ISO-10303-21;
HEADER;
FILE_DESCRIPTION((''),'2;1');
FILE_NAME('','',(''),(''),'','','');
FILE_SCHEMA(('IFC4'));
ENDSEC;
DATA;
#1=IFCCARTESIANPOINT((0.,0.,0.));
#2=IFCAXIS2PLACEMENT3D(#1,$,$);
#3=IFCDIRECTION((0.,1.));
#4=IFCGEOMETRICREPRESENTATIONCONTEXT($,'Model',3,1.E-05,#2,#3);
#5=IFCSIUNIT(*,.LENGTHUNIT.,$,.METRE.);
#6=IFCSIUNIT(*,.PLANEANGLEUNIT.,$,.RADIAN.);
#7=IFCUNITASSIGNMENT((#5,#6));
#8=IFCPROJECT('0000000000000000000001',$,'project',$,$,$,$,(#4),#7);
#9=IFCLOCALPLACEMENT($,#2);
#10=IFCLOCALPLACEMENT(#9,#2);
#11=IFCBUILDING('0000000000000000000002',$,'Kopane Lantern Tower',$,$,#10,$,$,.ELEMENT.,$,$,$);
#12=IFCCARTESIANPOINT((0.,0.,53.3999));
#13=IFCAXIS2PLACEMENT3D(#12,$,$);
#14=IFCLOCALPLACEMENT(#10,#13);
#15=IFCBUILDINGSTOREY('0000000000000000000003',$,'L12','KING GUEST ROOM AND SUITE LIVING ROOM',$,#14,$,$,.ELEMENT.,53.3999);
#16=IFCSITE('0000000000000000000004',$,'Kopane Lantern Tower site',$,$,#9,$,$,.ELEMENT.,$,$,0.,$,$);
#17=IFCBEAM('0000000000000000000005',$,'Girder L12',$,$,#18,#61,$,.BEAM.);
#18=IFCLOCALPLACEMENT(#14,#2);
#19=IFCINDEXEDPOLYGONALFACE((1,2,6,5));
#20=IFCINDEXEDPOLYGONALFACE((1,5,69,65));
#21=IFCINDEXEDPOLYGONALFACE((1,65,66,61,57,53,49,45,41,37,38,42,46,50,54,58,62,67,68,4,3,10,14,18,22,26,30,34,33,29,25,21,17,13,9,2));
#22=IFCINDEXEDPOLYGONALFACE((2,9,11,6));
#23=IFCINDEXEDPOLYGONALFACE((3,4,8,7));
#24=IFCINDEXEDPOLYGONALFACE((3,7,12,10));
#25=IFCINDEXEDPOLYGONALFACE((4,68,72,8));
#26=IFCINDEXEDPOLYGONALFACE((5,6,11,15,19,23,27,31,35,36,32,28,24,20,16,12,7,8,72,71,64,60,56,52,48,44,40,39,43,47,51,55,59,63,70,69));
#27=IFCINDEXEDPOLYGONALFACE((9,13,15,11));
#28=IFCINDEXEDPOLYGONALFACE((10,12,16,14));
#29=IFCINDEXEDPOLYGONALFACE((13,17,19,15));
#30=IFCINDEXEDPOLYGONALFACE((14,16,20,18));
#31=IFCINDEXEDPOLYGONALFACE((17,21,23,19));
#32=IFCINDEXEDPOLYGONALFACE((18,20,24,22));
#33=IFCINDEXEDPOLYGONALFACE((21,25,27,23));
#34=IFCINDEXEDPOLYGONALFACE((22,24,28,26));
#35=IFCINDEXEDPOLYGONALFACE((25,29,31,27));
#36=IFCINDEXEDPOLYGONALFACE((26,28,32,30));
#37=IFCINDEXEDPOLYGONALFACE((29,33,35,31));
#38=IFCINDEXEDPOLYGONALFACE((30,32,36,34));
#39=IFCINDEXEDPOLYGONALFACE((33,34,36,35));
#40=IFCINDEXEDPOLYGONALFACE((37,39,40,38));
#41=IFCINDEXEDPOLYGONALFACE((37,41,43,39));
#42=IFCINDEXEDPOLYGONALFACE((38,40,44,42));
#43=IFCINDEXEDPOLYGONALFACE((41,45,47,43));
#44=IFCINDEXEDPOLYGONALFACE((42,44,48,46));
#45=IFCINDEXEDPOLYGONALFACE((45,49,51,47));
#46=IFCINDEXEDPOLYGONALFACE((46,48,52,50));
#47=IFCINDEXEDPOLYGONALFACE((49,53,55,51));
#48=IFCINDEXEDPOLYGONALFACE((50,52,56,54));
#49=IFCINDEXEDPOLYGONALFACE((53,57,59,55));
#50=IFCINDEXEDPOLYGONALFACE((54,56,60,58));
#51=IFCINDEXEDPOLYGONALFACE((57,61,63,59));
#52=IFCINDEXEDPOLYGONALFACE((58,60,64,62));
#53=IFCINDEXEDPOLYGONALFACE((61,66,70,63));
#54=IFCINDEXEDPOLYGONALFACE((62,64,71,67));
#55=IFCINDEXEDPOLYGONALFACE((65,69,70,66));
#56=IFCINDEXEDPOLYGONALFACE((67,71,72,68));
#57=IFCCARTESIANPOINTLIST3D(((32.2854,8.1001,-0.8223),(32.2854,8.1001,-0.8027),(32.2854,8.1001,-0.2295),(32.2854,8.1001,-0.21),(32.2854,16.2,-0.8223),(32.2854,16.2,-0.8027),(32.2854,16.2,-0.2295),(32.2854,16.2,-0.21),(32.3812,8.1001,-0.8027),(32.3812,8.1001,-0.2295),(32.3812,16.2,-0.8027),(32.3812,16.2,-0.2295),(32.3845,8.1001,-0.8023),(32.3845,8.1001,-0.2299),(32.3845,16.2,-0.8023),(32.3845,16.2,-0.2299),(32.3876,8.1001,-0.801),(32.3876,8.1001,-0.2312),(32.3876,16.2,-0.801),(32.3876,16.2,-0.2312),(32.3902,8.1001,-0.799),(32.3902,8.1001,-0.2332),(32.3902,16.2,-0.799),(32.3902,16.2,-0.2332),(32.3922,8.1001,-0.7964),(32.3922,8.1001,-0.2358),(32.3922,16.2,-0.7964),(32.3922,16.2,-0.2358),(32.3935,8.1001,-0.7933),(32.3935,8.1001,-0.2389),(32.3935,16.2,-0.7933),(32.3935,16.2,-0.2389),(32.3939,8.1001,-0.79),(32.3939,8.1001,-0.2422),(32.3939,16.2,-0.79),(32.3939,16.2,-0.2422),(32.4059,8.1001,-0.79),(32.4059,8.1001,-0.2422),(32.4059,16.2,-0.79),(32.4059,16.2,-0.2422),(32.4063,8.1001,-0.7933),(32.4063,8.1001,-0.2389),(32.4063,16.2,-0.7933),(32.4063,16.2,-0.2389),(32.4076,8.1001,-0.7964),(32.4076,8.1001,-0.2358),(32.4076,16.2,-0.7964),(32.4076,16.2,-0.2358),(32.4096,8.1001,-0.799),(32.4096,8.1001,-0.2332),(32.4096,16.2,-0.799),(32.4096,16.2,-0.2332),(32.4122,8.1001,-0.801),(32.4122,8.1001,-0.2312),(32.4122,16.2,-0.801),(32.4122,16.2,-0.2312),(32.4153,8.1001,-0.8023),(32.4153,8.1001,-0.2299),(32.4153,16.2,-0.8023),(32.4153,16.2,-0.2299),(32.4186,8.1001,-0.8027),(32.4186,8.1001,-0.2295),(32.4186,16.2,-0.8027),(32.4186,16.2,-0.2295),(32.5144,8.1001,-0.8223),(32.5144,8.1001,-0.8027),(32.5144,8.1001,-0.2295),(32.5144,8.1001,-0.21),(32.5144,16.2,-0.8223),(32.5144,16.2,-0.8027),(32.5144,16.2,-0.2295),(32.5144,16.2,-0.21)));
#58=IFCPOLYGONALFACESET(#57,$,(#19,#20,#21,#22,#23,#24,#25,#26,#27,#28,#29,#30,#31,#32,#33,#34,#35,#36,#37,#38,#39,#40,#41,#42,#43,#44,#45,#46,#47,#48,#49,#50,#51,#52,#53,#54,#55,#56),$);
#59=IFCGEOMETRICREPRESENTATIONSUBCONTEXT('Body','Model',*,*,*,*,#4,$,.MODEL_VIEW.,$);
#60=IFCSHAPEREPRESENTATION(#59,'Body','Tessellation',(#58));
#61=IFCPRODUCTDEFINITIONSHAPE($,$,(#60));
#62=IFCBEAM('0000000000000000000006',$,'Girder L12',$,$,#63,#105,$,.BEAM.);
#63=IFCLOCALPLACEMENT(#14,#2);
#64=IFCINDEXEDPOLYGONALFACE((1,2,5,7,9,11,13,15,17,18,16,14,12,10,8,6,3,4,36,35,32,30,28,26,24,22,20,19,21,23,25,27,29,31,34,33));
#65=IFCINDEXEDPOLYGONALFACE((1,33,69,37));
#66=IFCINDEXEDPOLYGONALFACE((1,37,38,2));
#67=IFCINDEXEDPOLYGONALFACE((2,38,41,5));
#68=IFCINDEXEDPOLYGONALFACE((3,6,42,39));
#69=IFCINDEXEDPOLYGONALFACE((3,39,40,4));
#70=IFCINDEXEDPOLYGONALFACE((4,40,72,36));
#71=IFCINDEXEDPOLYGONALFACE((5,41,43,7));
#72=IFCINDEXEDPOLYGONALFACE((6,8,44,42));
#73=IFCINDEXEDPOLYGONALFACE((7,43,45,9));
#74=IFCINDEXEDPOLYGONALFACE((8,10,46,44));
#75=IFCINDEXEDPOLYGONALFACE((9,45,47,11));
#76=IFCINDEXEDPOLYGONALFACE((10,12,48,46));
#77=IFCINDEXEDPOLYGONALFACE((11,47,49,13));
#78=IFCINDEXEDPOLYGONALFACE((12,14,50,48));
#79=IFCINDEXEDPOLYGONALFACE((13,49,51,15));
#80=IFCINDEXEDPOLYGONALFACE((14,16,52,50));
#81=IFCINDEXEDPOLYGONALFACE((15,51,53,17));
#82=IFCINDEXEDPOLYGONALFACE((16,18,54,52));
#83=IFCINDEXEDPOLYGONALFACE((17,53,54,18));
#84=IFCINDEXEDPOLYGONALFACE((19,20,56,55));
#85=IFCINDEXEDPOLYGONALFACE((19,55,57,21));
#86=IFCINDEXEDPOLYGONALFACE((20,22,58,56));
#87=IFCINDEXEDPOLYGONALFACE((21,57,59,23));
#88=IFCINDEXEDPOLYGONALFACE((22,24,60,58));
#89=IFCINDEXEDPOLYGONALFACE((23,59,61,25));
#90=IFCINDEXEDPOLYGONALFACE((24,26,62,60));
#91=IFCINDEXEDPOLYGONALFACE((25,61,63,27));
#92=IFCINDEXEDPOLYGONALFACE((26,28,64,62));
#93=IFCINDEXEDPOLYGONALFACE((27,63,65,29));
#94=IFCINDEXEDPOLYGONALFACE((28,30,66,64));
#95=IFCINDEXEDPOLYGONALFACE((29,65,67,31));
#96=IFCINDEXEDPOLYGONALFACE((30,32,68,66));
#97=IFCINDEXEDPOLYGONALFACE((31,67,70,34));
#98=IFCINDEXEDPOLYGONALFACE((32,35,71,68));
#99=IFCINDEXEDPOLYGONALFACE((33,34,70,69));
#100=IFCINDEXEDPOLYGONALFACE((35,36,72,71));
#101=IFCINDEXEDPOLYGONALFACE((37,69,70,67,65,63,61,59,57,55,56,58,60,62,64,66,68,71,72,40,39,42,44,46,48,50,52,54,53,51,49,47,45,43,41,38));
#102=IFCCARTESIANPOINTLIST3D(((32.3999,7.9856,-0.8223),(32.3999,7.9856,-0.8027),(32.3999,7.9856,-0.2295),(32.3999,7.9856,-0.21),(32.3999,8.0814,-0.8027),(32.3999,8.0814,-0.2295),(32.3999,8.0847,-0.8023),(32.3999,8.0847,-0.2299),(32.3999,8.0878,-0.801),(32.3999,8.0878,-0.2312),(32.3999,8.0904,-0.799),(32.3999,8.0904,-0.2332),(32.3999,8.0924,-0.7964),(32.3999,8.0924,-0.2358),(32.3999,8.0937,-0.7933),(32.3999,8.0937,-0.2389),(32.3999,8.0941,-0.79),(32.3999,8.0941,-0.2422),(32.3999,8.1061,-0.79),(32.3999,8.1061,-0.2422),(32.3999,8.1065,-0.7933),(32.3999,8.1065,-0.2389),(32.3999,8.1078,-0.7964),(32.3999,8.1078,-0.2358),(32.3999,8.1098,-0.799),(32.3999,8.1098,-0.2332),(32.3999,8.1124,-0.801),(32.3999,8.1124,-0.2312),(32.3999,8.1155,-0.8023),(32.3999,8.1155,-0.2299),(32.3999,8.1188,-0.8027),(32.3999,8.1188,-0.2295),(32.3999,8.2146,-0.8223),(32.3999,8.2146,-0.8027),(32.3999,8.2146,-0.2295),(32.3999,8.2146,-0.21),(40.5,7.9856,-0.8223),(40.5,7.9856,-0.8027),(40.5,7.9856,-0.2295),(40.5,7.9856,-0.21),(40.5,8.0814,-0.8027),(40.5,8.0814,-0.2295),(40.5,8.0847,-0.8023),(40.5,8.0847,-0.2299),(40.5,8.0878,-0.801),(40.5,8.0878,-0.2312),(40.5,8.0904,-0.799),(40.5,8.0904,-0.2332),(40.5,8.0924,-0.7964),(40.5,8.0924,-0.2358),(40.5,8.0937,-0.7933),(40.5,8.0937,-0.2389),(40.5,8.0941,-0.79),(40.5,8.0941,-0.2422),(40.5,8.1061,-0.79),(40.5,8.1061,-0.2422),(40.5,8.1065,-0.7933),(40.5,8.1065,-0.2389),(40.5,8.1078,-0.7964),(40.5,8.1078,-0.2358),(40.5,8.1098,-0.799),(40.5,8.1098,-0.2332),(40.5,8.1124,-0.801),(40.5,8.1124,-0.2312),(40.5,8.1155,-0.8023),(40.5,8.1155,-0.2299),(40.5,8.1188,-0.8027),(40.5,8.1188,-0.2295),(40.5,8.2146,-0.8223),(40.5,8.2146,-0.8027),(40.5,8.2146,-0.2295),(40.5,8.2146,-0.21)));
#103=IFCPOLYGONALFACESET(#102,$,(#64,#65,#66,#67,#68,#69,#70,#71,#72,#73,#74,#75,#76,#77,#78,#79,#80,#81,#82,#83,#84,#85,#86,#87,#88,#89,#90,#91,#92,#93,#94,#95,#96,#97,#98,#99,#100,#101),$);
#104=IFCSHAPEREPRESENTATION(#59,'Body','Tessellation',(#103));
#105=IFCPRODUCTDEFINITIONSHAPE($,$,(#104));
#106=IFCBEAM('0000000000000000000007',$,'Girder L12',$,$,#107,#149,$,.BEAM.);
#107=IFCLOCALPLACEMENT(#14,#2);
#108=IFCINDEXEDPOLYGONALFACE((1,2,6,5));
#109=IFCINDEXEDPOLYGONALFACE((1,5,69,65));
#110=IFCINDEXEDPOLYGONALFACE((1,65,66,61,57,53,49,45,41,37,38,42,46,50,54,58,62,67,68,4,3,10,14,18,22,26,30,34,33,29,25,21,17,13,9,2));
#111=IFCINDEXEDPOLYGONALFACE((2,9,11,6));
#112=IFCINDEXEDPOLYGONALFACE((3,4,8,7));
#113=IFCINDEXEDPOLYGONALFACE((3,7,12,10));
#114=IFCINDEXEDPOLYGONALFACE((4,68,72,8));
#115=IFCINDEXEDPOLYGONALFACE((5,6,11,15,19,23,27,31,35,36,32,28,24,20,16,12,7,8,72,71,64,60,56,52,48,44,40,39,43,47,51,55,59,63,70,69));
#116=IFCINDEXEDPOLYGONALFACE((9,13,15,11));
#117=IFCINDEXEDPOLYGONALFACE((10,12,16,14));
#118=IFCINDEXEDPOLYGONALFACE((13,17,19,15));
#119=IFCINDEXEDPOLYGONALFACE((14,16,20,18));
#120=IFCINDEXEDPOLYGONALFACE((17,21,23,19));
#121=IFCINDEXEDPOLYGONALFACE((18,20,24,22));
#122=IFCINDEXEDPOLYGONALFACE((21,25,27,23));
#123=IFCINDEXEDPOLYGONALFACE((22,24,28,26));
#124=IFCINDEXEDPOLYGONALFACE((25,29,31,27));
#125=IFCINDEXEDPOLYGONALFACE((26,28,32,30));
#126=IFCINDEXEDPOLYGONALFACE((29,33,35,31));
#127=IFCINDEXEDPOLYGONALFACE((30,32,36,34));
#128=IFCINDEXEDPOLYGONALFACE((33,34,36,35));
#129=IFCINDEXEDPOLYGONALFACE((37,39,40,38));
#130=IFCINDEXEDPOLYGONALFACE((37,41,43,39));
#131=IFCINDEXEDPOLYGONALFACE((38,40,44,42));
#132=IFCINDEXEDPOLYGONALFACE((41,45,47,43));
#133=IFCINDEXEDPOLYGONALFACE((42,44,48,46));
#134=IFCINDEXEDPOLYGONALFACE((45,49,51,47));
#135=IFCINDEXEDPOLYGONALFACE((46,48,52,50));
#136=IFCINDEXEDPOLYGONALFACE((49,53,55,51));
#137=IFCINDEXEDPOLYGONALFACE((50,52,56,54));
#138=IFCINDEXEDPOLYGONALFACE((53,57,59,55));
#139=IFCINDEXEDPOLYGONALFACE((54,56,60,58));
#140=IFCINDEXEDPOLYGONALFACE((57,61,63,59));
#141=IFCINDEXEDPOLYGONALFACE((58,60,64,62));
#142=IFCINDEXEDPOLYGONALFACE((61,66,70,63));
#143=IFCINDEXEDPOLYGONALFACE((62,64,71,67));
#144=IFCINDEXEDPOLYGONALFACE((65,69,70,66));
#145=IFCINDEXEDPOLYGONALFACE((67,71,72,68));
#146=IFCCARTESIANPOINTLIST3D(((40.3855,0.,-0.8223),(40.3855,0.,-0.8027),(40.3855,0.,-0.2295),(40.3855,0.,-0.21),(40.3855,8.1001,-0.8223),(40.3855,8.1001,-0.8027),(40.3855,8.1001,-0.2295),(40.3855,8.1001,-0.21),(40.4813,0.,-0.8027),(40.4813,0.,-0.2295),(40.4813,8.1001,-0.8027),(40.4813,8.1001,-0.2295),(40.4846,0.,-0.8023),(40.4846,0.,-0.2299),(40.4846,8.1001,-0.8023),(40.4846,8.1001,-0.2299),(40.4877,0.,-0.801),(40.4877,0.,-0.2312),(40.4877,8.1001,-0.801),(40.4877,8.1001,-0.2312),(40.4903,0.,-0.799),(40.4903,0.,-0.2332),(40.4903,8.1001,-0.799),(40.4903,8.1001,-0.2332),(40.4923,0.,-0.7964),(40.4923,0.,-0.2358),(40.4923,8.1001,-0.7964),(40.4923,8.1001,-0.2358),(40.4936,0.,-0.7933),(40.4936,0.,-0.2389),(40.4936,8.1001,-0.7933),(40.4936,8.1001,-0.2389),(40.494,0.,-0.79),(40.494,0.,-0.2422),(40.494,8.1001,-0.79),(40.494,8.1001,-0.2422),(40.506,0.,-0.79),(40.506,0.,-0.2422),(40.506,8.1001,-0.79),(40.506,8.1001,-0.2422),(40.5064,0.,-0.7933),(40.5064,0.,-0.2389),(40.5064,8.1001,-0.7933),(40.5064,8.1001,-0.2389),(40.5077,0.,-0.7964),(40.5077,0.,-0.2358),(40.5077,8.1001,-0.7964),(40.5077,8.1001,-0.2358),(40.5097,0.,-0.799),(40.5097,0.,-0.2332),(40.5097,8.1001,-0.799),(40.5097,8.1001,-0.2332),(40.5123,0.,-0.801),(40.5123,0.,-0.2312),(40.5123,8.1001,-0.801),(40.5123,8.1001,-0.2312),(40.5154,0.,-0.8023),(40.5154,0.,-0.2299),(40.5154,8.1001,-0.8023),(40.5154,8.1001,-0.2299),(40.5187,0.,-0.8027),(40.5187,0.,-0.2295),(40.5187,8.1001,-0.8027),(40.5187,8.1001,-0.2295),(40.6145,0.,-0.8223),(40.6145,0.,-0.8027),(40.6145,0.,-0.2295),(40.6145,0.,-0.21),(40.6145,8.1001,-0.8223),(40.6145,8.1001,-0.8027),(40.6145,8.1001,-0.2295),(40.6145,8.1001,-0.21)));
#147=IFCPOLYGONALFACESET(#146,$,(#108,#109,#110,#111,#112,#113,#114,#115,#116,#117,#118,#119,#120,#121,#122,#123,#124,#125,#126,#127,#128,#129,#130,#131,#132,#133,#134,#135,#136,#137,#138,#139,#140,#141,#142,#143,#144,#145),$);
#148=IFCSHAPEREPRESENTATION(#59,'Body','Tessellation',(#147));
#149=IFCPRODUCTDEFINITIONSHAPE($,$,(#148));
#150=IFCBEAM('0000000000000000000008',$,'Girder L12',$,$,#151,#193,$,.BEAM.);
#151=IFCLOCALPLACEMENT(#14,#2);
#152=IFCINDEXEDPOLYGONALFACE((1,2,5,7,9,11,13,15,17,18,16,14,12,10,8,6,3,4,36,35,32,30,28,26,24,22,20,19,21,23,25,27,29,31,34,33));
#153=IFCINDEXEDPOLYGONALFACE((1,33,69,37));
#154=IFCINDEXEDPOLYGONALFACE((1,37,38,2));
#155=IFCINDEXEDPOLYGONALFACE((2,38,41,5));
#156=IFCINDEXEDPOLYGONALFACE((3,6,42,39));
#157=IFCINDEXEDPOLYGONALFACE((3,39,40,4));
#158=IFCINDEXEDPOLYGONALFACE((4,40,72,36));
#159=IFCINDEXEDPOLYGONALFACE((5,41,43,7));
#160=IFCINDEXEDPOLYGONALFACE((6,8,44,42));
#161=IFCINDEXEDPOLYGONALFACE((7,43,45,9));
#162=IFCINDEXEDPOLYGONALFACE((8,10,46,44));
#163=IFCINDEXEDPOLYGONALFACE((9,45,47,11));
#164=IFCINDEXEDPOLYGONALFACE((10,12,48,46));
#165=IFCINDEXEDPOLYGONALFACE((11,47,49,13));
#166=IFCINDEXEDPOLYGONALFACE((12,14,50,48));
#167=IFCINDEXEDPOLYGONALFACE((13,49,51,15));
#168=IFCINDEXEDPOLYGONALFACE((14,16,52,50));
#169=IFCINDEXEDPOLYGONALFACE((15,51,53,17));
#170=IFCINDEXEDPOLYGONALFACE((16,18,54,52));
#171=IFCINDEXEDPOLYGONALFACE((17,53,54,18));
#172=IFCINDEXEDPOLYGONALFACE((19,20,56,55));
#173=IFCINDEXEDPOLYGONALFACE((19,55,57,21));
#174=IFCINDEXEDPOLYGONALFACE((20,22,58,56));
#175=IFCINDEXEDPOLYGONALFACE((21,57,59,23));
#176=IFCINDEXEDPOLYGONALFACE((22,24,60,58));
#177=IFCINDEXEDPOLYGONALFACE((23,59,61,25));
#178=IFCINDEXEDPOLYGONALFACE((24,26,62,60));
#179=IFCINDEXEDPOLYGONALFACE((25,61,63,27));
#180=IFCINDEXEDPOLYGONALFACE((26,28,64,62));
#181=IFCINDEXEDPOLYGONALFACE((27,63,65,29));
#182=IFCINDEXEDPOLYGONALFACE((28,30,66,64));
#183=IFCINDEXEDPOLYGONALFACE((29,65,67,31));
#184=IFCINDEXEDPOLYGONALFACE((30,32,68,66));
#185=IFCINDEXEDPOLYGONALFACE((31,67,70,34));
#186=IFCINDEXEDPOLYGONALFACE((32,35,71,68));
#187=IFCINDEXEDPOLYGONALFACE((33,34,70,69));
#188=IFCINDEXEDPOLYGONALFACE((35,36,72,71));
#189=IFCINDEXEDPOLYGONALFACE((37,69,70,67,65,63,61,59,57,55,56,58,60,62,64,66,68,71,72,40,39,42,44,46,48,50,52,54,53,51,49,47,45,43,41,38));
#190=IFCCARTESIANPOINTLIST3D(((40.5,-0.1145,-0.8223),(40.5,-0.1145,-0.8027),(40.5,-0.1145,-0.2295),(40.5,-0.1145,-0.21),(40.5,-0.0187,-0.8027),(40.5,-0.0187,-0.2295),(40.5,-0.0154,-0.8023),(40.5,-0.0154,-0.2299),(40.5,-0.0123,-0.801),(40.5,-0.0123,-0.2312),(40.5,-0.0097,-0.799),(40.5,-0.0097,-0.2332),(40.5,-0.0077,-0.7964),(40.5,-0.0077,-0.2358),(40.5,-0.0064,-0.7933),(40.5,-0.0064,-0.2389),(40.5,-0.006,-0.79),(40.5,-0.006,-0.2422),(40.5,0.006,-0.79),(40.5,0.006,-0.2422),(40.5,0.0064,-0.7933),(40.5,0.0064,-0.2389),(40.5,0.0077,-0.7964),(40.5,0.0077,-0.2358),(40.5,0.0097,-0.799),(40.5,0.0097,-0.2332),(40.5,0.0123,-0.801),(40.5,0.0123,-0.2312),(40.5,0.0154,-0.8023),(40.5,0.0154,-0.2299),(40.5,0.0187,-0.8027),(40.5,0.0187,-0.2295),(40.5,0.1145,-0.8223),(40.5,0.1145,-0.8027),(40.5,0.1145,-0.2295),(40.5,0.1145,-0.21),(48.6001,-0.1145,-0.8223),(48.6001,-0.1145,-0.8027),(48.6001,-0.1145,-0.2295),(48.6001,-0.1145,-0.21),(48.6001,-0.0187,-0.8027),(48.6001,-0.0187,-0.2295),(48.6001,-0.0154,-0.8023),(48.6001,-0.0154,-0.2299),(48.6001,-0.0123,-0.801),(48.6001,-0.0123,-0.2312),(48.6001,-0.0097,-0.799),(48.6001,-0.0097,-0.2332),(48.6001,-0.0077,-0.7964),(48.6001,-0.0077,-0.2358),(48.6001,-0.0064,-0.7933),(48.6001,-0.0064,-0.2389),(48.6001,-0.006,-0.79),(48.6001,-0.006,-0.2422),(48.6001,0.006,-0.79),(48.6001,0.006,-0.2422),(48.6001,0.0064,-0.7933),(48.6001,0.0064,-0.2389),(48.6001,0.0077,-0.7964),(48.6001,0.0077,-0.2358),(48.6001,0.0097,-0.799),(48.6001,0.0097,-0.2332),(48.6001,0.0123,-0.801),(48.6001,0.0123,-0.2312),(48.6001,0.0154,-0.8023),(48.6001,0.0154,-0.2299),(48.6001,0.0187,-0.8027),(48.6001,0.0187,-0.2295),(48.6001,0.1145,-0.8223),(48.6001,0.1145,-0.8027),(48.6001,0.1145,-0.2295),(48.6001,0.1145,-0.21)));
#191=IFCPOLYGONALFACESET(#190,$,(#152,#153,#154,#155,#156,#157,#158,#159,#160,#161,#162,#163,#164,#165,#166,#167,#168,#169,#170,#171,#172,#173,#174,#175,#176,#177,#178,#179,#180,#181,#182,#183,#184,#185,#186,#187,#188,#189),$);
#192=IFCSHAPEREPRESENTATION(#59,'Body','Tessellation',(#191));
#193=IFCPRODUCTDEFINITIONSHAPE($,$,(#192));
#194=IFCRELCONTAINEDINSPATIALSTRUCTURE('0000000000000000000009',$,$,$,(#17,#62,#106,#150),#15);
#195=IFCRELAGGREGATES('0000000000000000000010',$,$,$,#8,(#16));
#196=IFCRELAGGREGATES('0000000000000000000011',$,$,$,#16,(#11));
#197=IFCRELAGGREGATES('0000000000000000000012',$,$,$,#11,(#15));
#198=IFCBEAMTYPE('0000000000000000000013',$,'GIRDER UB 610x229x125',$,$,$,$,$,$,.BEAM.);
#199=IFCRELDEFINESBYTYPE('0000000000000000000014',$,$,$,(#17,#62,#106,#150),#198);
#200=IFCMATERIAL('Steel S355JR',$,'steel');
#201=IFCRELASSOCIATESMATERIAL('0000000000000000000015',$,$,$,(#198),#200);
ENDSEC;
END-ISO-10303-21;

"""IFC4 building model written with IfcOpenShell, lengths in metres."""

from ifc_helpers import new_model, si_unit, direction, frame, origin, origin_2d, place, context, subcontext, project, spatial, i_section, extrude, material, material_profile, profile_set, type_object, element, save


model = new_model("IFC4")

# Units and contexts
model_context = context("Model", 3, precision=1e-05, world=origin(), true_north=direction((0.0, 1.0)))
body_context = subcontext(model_context, "Body", "Model", "MODEL_VIEW")
ifc_project = project(units=[si_unit("LENGTHUNIT", "METRE"), si_unit("PLANEANGLEUNIT", "RADIAN")], contexts=[model_context])

# Site, building, storey
site_placement = place(None, origin())
site = spatial("IfcSite", under=ifc_project, at=site_placement, Name="Kopane Lantern Tower site", CompositionType="ELEMENT", RefElevation=0.0)
building_placement = place(site_placement, origin())
building = spatial("IfcBuilding", under=site, at=building_placement, Name="Kopane Lantern Tower", CompositionType="ELEMENT")
storey_placement = place(building_placement, frame((0.0, 0.0, 53.3999)))
storey = spatial("IfcBuildingStorey", under=building, at=storey_placement, Name="L12", Description="KING GUEST ROOM AND SUITE LIVING ROOM", CompositionType="ELEMENT", Elevation=53.3999)

# Beams
ifc_material_1 = material(Name="Steel S355JR", Category="steel")
ifc_material_profile_1 = material_profile(ifc_material_1, i_section(OverallWidth=0.229, OverallDepth=0.6123, WebThickness=0.012, FlangeThickness=0.0195, FilletRadius=0.0127, at=origin_2d()), Name="UB 610x229x125")
ifc_profile_set_1 = profile_set([ifc_material_profile_1], Name="Steel S355JR")
beam_type = type_object("IfcBeamType", Name="GIRDER UB 610x229x125", PredefinedType="BEAM", material=ifc_profile_set_1)
beam_1_placement = place(storey_placement, frame((32.3999, 8.1001, -0.5161), z_axis=(0.0, 1.0, 0.0), x_axis=(-1.0, 0.0, 0.0)))
element("IfcBeam", 1, at=beam_1_placement, inside=storey, type_object=beam_type, Name="Girder L12", PredefinedType="BEAM", context=body_context, shape_type="SweptSolid", body=[
    extrude(i_section(OverallWidth=0.229, OverallDepth=0.6123, WebThickness=0.012, FlangeThickness=0.0195, FilletRadius=0.0127, at=origin_2d()), origin(), (0.0, 0.0, 1.0), 8.0999),
])
for number, where, z_axis, x_axis, name in (
    (2, (32.3999, 8.1001, -0.5161), (1.0, 0.0, 0.0), (0.0, 1.0, 0.0), "Girder L12"),
    (3, (40.5, 0.0, -0.5161), (0.0, 1.0, 0.0), (-1.0, 0.0, 0.0), "Girder L12"),
    (4, (40.5, 0.0, -0.5161), (1.0, 0.0, 0.0), (0.0, 1.0, 0.0), "Girder L12"),
):
    element("IfcBeam", number, at=place(storey_placement, frame(where, z_axis=z_axis, x_axis=x_axis)), inside=storey, type_object=beam_type, Name=name, PredefinedType="BEAM", context=body_context, shape_type="SweptSolid", body=[
        extrude(i_section(OverallWidth=0.229, OverallDepth=0.6123, WebThickness=0.012, FlangeThickness=0.0195, FilletRadius=0.0127, at=origin_2d()), origin(), (0.0, 0.0, 1.0), 8.1001),
    ])

save(model, "model.ifc")
